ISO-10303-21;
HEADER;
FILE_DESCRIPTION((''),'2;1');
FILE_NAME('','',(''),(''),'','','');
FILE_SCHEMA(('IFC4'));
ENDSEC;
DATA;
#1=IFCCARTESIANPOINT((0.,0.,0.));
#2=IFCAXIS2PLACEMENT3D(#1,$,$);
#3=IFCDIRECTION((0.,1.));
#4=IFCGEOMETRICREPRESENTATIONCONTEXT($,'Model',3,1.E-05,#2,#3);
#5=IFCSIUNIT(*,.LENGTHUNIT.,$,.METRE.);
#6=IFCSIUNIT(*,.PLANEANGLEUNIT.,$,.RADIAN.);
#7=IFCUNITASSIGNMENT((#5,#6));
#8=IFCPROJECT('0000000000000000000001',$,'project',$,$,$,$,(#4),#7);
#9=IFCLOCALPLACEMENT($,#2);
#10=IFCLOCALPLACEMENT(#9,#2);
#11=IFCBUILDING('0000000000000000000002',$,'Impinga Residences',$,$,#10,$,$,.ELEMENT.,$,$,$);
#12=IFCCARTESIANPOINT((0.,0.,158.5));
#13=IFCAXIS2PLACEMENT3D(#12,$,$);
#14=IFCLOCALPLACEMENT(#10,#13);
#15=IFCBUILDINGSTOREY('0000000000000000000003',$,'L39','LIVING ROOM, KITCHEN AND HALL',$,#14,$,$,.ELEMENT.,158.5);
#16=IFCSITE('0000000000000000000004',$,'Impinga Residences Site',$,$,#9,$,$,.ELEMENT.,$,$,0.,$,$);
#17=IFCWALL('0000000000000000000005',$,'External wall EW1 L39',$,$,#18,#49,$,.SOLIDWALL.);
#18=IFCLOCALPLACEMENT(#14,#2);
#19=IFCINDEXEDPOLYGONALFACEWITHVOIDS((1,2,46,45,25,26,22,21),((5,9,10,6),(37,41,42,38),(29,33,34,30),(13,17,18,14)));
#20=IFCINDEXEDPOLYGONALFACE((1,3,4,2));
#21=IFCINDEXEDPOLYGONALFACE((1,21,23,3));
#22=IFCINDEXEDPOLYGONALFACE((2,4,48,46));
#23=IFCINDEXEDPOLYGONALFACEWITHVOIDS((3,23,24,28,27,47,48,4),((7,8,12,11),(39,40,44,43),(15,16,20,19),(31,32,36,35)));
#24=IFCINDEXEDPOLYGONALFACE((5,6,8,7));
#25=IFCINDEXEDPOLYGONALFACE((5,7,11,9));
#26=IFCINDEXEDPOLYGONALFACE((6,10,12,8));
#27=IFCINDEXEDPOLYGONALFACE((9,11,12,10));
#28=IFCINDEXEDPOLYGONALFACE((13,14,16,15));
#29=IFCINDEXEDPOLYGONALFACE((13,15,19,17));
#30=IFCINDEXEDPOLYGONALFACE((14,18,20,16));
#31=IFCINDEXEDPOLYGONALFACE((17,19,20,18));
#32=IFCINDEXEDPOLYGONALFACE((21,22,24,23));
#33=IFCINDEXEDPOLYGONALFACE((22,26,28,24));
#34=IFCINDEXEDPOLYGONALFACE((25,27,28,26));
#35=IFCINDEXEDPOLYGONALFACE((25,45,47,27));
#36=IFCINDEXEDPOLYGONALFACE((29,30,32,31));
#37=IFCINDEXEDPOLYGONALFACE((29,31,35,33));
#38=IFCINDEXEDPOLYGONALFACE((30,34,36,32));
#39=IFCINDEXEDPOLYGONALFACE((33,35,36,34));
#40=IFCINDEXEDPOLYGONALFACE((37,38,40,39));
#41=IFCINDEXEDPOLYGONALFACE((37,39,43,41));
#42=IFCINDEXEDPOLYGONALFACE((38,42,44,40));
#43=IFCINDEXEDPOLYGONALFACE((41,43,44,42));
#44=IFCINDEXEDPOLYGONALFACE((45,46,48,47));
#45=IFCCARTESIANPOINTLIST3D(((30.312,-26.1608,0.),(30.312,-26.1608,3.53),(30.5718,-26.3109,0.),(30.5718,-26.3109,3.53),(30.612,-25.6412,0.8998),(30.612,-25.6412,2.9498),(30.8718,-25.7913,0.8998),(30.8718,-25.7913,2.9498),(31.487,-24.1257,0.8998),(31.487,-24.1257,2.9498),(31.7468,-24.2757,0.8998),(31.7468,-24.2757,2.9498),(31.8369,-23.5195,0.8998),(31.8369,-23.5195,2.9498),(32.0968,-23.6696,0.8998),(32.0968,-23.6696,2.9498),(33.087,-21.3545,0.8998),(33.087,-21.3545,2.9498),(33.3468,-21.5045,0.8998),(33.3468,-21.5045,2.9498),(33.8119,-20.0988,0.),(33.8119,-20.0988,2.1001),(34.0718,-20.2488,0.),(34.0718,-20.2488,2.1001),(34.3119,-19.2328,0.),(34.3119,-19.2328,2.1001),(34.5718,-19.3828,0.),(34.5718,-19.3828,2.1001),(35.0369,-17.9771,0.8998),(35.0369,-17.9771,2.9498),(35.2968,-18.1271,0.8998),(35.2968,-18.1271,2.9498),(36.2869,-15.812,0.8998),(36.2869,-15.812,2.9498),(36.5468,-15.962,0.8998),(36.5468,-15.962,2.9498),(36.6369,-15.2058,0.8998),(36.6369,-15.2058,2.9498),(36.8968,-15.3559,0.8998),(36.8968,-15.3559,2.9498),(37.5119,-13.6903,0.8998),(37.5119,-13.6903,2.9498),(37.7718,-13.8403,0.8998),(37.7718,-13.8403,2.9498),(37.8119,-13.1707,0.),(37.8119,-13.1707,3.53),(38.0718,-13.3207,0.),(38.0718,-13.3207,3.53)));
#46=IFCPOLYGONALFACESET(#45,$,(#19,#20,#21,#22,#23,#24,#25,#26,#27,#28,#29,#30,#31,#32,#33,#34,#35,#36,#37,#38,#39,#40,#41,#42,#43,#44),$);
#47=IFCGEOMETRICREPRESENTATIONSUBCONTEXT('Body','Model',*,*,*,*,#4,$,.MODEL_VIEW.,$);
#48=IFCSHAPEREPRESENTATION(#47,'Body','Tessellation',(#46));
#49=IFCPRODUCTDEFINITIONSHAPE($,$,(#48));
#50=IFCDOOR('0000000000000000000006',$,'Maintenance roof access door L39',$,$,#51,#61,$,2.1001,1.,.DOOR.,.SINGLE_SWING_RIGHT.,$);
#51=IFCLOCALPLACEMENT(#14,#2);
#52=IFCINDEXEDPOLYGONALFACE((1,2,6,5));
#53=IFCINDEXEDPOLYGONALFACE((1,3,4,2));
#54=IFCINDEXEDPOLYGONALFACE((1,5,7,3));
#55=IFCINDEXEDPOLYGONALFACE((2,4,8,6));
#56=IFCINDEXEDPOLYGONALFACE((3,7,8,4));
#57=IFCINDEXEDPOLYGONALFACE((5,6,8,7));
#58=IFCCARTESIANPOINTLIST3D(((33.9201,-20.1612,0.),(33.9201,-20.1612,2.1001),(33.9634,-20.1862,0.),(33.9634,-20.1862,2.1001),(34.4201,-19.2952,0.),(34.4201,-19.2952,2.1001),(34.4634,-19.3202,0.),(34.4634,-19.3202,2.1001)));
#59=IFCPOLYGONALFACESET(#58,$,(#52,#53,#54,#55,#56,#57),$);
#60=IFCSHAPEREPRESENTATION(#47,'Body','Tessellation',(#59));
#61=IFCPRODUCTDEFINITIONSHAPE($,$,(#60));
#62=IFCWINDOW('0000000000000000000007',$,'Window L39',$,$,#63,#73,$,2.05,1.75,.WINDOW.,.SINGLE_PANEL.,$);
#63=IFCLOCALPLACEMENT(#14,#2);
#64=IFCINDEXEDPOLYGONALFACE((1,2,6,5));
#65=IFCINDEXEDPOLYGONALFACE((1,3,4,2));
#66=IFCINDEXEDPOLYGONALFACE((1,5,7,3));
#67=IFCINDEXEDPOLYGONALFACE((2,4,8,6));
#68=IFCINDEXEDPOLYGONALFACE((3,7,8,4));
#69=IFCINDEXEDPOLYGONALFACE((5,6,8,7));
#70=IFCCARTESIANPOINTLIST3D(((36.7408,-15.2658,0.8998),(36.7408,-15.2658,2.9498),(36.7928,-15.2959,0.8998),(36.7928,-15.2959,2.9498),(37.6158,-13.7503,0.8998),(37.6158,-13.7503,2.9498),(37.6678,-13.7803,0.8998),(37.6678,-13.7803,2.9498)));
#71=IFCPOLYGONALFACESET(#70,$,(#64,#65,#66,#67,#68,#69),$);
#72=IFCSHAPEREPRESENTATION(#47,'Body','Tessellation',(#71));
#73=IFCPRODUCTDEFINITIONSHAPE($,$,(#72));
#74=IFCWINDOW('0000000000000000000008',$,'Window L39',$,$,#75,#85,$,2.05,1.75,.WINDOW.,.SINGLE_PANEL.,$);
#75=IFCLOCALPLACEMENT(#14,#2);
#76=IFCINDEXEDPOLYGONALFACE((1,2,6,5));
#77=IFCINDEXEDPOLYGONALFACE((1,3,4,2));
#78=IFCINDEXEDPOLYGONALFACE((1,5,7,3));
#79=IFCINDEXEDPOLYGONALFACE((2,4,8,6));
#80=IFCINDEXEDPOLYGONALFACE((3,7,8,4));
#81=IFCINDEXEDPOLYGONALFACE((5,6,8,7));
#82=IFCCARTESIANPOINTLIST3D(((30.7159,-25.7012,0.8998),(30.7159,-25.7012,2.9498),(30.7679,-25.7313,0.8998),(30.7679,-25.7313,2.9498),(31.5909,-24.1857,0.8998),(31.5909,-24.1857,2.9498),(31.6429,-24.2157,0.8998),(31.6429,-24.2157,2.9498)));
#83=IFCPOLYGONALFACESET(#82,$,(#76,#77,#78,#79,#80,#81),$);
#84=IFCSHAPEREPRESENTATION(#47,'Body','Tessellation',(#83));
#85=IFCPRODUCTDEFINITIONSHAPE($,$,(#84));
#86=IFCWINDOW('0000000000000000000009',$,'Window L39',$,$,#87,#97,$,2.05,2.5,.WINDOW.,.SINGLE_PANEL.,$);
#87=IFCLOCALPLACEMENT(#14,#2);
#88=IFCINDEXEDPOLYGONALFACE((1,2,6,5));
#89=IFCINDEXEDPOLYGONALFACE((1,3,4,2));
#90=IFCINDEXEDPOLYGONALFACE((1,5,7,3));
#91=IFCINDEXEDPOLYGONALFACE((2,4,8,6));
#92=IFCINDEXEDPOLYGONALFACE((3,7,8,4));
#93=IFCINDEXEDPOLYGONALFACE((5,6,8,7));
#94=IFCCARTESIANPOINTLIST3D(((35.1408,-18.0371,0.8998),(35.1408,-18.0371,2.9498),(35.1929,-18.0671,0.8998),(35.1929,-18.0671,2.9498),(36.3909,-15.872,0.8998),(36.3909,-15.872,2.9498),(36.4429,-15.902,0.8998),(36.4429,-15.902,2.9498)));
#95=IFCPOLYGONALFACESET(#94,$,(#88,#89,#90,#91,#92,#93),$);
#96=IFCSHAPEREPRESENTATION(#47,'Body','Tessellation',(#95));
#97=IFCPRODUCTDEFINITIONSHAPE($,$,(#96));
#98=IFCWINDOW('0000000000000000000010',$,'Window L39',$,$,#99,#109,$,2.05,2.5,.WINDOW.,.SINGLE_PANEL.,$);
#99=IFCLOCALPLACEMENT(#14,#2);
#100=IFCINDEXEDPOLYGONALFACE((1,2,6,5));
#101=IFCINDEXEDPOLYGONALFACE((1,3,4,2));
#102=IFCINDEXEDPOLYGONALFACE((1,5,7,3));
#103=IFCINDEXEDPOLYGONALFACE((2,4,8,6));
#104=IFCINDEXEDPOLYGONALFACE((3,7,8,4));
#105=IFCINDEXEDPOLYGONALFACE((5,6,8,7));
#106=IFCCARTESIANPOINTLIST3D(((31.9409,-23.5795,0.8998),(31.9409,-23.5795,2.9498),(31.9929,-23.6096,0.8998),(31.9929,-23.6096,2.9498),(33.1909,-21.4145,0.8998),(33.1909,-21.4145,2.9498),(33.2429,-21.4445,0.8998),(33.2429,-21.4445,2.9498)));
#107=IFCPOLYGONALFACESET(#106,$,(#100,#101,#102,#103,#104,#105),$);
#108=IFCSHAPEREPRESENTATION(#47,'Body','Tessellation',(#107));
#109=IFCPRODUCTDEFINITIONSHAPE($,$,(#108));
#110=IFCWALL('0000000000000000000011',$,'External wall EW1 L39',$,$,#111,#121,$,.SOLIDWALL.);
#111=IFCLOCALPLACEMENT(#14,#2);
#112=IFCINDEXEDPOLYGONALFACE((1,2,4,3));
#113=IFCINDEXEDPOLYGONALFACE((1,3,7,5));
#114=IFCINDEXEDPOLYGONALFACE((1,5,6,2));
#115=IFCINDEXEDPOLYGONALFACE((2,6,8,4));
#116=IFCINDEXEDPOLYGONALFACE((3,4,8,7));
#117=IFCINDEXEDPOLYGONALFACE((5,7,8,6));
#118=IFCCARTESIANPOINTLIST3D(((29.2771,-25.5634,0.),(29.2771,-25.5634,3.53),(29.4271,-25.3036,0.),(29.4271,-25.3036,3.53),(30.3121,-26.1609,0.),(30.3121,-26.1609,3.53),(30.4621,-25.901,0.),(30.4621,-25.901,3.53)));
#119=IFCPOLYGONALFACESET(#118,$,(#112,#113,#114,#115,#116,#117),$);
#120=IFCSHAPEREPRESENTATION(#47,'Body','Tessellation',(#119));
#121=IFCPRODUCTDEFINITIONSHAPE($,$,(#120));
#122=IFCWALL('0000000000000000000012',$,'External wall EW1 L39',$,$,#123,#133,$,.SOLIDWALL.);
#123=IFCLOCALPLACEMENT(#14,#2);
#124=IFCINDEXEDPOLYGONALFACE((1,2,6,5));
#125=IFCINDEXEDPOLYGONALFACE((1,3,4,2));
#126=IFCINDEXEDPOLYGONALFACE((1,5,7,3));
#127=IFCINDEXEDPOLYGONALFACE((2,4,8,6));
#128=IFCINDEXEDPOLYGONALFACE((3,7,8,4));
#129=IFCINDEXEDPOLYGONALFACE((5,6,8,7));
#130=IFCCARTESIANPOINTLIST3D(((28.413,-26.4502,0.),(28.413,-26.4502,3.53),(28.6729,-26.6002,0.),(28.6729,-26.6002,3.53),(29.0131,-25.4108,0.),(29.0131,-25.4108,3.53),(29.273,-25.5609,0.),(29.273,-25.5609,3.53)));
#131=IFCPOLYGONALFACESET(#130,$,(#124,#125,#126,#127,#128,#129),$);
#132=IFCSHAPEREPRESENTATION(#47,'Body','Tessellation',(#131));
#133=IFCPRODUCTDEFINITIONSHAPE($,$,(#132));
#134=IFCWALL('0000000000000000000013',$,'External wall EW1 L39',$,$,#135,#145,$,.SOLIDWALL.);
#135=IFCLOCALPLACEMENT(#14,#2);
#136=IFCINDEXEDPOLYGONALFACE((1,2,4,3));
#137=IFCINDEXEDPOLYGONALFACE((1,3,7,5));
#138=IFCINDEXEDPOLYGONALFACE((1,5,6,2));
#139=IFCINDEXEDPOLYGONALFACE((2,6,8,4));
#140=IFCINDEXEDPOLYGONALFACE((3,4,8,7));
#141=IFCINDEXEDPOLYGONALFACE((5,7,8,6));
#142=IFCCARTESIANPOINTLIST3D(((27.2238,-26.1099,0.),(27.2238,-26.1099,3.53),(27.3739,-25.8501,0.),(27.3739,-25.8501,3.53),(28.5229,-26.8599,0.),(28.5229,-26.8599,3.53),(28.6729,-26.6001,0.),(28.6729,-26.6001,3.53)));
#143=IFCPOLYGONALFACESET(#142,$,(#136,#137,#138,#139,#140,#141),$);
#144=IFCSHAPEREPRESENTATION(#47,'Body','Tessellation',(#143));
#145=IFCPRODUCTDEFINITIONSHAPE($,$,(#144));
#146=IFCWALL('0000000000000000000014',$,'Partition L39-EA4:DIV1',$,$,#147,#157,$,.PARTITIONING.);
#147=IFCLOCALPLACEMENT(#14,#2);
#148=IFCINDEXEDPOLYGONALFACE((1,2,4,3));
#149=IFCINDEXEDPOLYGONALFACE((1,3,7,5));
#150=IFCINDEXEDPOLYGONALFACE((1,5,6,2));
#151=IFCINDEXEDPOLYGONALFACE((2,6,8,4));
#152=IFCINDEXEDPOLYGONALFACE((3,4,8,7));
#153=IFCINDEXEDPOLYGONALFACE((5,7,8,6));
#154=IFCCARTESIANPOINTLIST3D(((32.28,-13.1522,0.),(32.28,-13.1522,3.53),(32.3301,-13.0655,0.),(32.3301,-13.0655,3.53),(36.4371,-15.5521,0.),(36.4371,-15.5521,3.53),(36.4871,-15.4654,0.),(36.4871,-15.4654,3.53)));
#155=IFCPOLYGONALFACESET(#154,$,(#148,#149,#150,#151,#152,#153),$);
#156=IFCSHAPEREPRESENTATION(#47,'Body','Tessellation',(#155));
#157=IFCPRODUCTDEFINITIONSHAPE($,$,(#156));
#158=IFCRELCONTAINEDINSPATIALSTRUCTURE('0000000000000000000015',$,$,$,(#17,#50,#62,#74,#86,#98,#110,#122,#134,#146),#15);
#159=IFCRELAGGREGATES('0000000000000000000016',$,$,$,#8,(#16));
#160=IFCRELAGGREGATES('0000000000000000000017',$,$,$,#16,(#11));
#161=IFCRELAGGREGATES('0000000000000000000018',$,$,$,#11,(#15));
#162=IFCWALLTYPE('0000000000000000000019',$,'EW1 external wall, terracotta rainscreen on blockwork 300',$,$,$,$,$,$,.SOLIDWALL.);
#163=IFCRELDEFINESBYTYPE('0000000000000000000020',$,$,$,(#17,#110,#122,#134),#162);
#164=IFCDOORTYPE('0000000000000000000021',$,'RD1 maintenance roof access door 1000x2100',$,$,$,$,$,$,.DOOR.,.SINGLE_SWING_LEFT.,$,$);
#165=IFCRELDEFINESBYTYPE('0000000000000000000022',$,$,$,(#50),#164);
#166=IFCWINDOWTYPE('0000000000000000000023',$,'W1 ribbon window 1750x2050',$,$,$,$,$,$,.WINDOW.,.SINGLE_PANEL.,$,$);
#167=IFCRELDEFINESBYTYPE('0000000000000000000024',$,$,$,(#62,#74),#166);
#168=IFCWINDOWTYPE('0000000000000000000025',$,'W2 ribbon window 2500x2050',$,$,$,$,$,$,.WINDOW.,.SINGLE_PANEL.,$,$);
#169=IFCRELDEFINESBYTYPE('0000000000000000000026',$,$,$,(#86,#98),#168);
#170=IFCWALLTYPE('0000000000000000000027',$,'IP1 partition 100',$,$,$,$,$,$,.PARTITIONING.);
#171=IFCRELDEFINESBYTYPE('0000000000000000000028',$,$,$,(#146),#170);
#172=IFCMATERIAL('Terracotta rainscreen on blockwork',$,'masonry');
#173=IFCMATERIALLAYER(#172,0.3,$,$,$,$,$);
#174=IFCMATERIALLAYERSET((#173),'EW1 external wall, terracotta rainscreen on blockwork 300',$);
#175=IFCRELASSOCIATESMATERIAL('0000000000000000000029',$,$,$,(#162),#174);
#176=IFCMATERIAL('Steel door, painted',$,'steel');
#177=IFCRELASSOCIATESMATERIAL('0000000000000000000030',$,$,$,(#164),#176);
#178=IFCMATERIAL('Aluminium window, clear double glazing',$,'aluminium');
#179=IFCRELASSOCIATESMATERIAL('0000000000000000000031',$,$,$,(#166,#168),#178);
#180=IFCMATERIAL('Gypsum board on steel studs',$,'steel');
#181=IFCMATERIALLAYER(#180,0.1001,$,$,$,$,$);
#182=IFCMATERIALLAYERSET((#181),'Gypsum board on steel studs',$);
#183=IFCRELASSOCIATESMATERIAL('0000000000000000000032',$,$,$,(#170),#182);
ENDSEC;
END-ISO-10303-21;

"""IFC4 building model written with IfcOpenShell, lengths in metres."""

from ifc_helpers import new_model, si_unit, direction, frame, frame_2d, origin, place, context, subcontext, project, spatial, rectangle, extrude, material, layer, layer_set, type_object, element, fill, save


model = new_model("IFC4")

# Units and contexts
model_context = context("Model", 3, precision=1e-05, world=origin(), true_north=direction((0.0, 1.0)))
body_context = subcontext(model_context, "Body", "Model", "MODEL_VIEW")
ifc_project = project(units=[si_unit("LENGTHUNIT", "METRE"), si_unit("PLANEANGLEUNIT", "RADIAN")], contexts=[model_context])

# Site, building, storey
site_placement = place(None, origin())
site = spatial("IfcSite", under=ifc_project, at=site_placement, Name="Impinga Residences Site", CompositionType="ELEMENT", RefElevation=0.0)
building_placement = place(site_placement, origin())
building = spatial("IfcBuilding", under=site, at=building_placement, Name="Impinga Residences", CompositionType="ELEMENT")
storey_placement = place(building_placement, frame((0.0, 0.0, 158.5)))
storey = spatial("IfcBuildingStorey", under=building, at=storey_placement, Name="L39", Description="LIVING ROOM, KITCHEN AND HALL", CompositionType="ELEMENT", Elevation=158.5)

# Wall, openings, door, windows
ifc_material_1 = material(Name="Terracotta rainscreen on blockwork", Category="masonry")
ifc_layer_1 = layer(ifc_material_1, 0.3)
ifc_layer_set_1 = layer_set([ifc_layer_1], Name="EW1 external wall, terracotta rainscreen on blockwork 300")
wall_type_1 = type_object("IfcWallType", Name="EW1 external wall, terracotta rainscreen on blockwork 300", PredefinedType="SOLIDWALL", material=ifc_layer_set_1)
wall_1_placement = place(storey_placement, frame((37.9419, -13.2456, 0.0), z_axis=(0.0, 0.0, 1.0), x_axis=(-0.500004, -0.866023, 0.0)))
wall_1 = element("IfcWall", 1, at=wall_1_placement, inside=storey, type_object=wall_type_1, Name="External wall EW1 L39", PredefinedType="SOLIDWALL", context=body_context, shape_type="SweptSolid", body=[
    extrude(rectangle(XDim=14.9998, YDim=0.3, at=frame_2d((7.5, 0.0))), origin(), (0.0, 0.0, 1.0), 3.53),
])
opening_1_placement = place(wall_1_placement, frame((7.0, 0.0, 0.0)))
opening_1 = element("IfcOpeningElement", 2, at=opening_1_placement, cuts=wall_1, PredefinedType="OPENING", context=body_context, shape_type="SweptSolid", body=[
    extrude(rectangle(XDim=1.0, YDim=2.1001, at=frame_2d((0.5, 1.05))), frame((0.0, 0.1599, 0.0), z_axis=(0.0, -1.0, 0.0), x_axis=(1.0, 0.0, 0.0)), (0.0, 0.0, 1.0), 0.3201),
])
opening_2_placement = place(wall_1_placement, frame((0.6001, 0.0, 0.8999)))
opening_2 = element("IfcOpeningElement", 3, at=opening_2_placement, cuts=wall_1, PredefinedType="OPENING", context=body_context, shape_type="SweptSolid", body=[
    extrude(rectangle(XDim=1.75, YDim=2.05, at=frame_2d((0.875, 1.0249))), frame((0.0, 0.1599, 0.0), z_axis=(0.0, -1.0, 0.0), x_axis=(1.0, 0.0, 0.0)), (0.0, 0.0, 1.0), 0.3201),
])
opening_3_placement = place(wall_1_placement, frame((3.05, 0.0, 0.8999)))
opening_3 = element("IfcOpeningElement", 4, at=opening_3_placement, cuts=wall_1, PredefinedType="OPENING", context=body_context, shape_type="SweptSolid", body=[
    extrude(rectangle(XDim=2.5, YDim=2.05, at=frame_2d((1.25, 1.0249))), frame((0.0, 0.1599, 0.0), z_axis=(0.0, -1.0, 0.0), x_axis=(1.0, 0.0, 0.0)), (0.0, 0.0, 1.0), 0.3201),
])
opening_4_placement = place(wall_1_placement, frame((9.45, 0.0, 0.8999)))
opening_4 = element("IfcOpeningElement", 5, at=opening_4_placement, cuts=wall_1, PredefinedType="OPENING", context=body_context, shape_type="SweptSolid", body=[
    extrude(rectangle(XDim=2.5, YDim=2.05, at=frame_2d((1.25, 1.0249))), frame((0.0, 0.1599, 0.0), z_axis=(0.0, -1.0, 0.0), x_axis=(1.0, 0.0, 0.0)), (0.0, 0.0, 1.0), 0.3201),
])
opening_5_placement = place(wall_1_placement, frame((12.6499, 0.0, 0.8999)))
opening_5 = element("IfcOpeningElement", 6, at=opening_5_placement, cuts=wall_1, PredefinedType="OPENING", context=body_context, shape_type="SweptSolid", body=[
    extrude(rectangle(XDim=1.75, YDim=2.05, at=frame_2d((0.875, 1.0249))), frame((0.0, 0.1599, 0.0), z_axis=(0.0, -1.0, 0.0), x_axis=(1.0, 0.0, 0.0)), (0.0, 0.0, 1.0), 0.3201),
])
ifc_material_2 = material(Name="Steel door, painted", Category="steel")
door_type_1 = type_object("IfcDoorType", Name="RD1 maintenance roof access door 1000x2100", OperationType="SINGLE_SWING_LEFT", PredefinedType="DOOR", material=ifc_material_2)
door_1_placement = place(opening_1_placement, origin())
door_1 = element("IfcDoor", 7, at=door_1_placement, inside=storey, type_object=door_type_1, Name="Maintenance roof access door L39", OperationType="SINGLE_SWING_RIGHT", OverallHeight=2.1001, OverallWidth=1.0, PredefinedType="DOOR", context=body_context, shape_type="SweptSolid", body=[
    extrude(rectangle(XDim=1.0, YDim=2.1001, at=frame_2d((0.5, 1.05))), frame((0.0, 0.0249, 0.0), z_axis=(0.0, -1.0, 0.0), x_axis=(1.0, 0.0, 0.0)), (0.0, 0.0, 1.0), 0.05),
])
fill(opening_1, door_1)
ifc_material_3 = material(Name="Aluminium window, clear double glazing", Category="aluminium")
window_type_1 = type_object("IfcWindowType", Name="W1 ribbon window 1750x2050", PartitioningType="SINGLE_PANEL", PredefinedType="WINDOW", material=ifc_material_3)
window_1_placement = place(opening_2_placement, origin())
window_1 = element("IfcWindow", 8, at=window_1_placement, inside=storey, type_object=window_type_1, Name="Window L39", OverallHeight=2.05, OverallWidth=1.75, PartitioningType="SINGLE_PANEL", PredefinedType="WINDOW", context=body_context, shape_type="SweptSolid", body=[
    extrude(rectangle(XDim=1.75, YDim=2.05, at=frame_2d((0.875, 1.0249))), frame((0.0, 0.03, 0.0), z_axis=(0.0, -1.0, 0.0), x_axis=(1.0, 0.0, 0.0)), (0.0, 0.0, 1.0), 0.0601),
])
fill(opening_2, window_1)
window_2_placement = place(opening_5_placement, origin())
window_2 = element("IfcWindow", 9, at=window_2_placement, inside=storey, type_object=window_type_1, Name="Window L39", OverallHeight=2.05, OverallWidth=1.75, PartitioningType="SINGLE_PANEL", PredefinedType="WINDOW", context=body_context, shape_type="SweptSolid", body=[
    extrude(rectangle(XDim=1.75, YDim=2.05, at=frame_2d((0.875, 1.0249))), frame((0.0, 0.03, 0.0), z_axis=(0.0, -1.0, 0.0), x_axis=(1.0, 0.0, 0.0)), (0.0, 0.0, 1.0), 0.0601),
])
fill(opening_5, window_2)
window_type_2 = type_object("IfcWindowType", Name="W2 ribbon window 2500x2050", PartitioningType="SINGLE_PANEL", PredefinedType="WINDOW", material=ifc_material_3)
window_3_placement = place(opening_3_placement, origin())
window_3 = element("IfcWindow", 10, at=window_3_placement, inside=storey, type_object=window_type_2, Name="Window L39", OverallHeight=2.05, OverallWidth=2.5, PartitioningType="SINGLE_PANEL", PredefinedType="WINDOW", context=body_context, shape_type="SweptSolid", body=[
    extrude(rectangle(XDim=2.5, YDim=2.05, at=frame_2d((1.25, 1.0249))), frame((0.0, 0.03, 0.0), z_axis=(0.0, -1.0, 0.0), x_axis=(1.0, 0.0, 0.0)), (0.0, 0.0, 1.0), 0.0601),
])
fill(opening_3, window_3)
window_4_placement = place(opening_4_placement, origin())
window_4 = element("IfcWindow", 11, at=window_4_placement, inside=storey, type_object=window_type_2, Name="Window L39", OverallHeight=2.05, OverallWidth=2.5, PartitioningType="SINGLE_PANEL", PredefinedType="WINDOW", context=body_context, shape_type="SweptSolid", body=[
    extrude(rectangle(XDim=2.5, YDim=2.05, at=frame_2d((1.25, 1.0249))), frame((0.0, 0.03, 0.0), z_axis=(0.0, -1.0, 0.0), x_axis=(1.0, 0.0, 0.0)), (0.0, 0.0, 1.0), 0.0601),
])
fill(opening_4, window_4)

# Walls
wall_2_placement = place(storey_placement, frame((30.3872, -26.031, 0.0), z_axis=(0.0, 0.0, 1.0), x_axis=(-0.86606, 0.499941, 0.0)))
element("IfcWall", 12, at=wall_2_placement, inside=storey, type_object=wall_type_1, Name="External wall EW1 L39", PredefinedType="SOLIDWALL", context=body_context, shape_type="SweptSolid", body=[
    extrude(rectangle(XDim=1.1951, YDim=0.3, at=frame_2d((0.5977, 0.0))), origin(), (0.0, 0.0, 1.0), 3.53),
])
wall_3_placement = place(storey_placement, frame((29.1431, -25.4858, 0.0), z_axis=(0.0, 0.0, 1.0), x_axis=(-0.500034, -0.866006, 0.0)))
element("IfcWall", 13, at=wall_3_placement, inside=storey, type_object=wall_type_1, Name="External wall EW1 L39", PredefinedType="SOLIDWALL", context=body_context, shape_type="SweptSolid", body=[
    extrude(rectangle(XDim=1.2002, YDim=0.3, at=frame_2d((0.6001, 0.0))), origin(), (0.0, 0.0, 1.0), 3.53),
])
wall_4_placement = place(storey_placement, frame((28.5979, -26.73, 0.0), z_axis=(0.0, 0.0, 1.0), x_axis=(-0.866031, 0.49999, 0.0)))
element("IfcWall", 14, at=wall_4_placement, inside=storey, type_object=wall_type_1, Name="External wall EW1 L39", PredefinedType="SOLIDWALL", context=body_context, shape_type="SweptSolid", body=[
    extrude(rectangle(XDim=1.5, YDim=0.3, at=frame_2d((0.75, 0.0))), origin(), (0.0, 0.0, 1.0), 3.53),
])
ifc_material_4 = material(Name="Gypsum board on steel studs", Category="steel")
ifc_layer_2 = layer(ifc_material_4, 0.1001)
ifc_layer_set_2 = layer_set([ifc_layer_2], Name="Gypsum board on steel studs")
wall_type_2 = type_object("IfcWallType", Name="IP1 partition 100", PredefinedType="PARTITIONING", material=ifc_layer_set_2)
wall_5_placement = place(storey_placement, frame((32.3052, -13.1089, 0.0), z_axis=(0.0, 0.0, 1.0), x_axis=(0.866037, -0.499979, 0.0)))
element("IfcWall", 15, at=wall_5_placement, inside=storey, type_object=wall_type_2, Name="Partition L39-EA4:DIV1", PredefinedType="PARTITIONING", context=body_context, shape_type="SweptSolid", body=[
    extrude(rectangle(XDim=4.8, YDim=0.1001, at=frame_2d((2.3999, 0.0))), origin(), (0.0, 0.0, 1.0), 3.53),
])

save(model, "model.ifc")
